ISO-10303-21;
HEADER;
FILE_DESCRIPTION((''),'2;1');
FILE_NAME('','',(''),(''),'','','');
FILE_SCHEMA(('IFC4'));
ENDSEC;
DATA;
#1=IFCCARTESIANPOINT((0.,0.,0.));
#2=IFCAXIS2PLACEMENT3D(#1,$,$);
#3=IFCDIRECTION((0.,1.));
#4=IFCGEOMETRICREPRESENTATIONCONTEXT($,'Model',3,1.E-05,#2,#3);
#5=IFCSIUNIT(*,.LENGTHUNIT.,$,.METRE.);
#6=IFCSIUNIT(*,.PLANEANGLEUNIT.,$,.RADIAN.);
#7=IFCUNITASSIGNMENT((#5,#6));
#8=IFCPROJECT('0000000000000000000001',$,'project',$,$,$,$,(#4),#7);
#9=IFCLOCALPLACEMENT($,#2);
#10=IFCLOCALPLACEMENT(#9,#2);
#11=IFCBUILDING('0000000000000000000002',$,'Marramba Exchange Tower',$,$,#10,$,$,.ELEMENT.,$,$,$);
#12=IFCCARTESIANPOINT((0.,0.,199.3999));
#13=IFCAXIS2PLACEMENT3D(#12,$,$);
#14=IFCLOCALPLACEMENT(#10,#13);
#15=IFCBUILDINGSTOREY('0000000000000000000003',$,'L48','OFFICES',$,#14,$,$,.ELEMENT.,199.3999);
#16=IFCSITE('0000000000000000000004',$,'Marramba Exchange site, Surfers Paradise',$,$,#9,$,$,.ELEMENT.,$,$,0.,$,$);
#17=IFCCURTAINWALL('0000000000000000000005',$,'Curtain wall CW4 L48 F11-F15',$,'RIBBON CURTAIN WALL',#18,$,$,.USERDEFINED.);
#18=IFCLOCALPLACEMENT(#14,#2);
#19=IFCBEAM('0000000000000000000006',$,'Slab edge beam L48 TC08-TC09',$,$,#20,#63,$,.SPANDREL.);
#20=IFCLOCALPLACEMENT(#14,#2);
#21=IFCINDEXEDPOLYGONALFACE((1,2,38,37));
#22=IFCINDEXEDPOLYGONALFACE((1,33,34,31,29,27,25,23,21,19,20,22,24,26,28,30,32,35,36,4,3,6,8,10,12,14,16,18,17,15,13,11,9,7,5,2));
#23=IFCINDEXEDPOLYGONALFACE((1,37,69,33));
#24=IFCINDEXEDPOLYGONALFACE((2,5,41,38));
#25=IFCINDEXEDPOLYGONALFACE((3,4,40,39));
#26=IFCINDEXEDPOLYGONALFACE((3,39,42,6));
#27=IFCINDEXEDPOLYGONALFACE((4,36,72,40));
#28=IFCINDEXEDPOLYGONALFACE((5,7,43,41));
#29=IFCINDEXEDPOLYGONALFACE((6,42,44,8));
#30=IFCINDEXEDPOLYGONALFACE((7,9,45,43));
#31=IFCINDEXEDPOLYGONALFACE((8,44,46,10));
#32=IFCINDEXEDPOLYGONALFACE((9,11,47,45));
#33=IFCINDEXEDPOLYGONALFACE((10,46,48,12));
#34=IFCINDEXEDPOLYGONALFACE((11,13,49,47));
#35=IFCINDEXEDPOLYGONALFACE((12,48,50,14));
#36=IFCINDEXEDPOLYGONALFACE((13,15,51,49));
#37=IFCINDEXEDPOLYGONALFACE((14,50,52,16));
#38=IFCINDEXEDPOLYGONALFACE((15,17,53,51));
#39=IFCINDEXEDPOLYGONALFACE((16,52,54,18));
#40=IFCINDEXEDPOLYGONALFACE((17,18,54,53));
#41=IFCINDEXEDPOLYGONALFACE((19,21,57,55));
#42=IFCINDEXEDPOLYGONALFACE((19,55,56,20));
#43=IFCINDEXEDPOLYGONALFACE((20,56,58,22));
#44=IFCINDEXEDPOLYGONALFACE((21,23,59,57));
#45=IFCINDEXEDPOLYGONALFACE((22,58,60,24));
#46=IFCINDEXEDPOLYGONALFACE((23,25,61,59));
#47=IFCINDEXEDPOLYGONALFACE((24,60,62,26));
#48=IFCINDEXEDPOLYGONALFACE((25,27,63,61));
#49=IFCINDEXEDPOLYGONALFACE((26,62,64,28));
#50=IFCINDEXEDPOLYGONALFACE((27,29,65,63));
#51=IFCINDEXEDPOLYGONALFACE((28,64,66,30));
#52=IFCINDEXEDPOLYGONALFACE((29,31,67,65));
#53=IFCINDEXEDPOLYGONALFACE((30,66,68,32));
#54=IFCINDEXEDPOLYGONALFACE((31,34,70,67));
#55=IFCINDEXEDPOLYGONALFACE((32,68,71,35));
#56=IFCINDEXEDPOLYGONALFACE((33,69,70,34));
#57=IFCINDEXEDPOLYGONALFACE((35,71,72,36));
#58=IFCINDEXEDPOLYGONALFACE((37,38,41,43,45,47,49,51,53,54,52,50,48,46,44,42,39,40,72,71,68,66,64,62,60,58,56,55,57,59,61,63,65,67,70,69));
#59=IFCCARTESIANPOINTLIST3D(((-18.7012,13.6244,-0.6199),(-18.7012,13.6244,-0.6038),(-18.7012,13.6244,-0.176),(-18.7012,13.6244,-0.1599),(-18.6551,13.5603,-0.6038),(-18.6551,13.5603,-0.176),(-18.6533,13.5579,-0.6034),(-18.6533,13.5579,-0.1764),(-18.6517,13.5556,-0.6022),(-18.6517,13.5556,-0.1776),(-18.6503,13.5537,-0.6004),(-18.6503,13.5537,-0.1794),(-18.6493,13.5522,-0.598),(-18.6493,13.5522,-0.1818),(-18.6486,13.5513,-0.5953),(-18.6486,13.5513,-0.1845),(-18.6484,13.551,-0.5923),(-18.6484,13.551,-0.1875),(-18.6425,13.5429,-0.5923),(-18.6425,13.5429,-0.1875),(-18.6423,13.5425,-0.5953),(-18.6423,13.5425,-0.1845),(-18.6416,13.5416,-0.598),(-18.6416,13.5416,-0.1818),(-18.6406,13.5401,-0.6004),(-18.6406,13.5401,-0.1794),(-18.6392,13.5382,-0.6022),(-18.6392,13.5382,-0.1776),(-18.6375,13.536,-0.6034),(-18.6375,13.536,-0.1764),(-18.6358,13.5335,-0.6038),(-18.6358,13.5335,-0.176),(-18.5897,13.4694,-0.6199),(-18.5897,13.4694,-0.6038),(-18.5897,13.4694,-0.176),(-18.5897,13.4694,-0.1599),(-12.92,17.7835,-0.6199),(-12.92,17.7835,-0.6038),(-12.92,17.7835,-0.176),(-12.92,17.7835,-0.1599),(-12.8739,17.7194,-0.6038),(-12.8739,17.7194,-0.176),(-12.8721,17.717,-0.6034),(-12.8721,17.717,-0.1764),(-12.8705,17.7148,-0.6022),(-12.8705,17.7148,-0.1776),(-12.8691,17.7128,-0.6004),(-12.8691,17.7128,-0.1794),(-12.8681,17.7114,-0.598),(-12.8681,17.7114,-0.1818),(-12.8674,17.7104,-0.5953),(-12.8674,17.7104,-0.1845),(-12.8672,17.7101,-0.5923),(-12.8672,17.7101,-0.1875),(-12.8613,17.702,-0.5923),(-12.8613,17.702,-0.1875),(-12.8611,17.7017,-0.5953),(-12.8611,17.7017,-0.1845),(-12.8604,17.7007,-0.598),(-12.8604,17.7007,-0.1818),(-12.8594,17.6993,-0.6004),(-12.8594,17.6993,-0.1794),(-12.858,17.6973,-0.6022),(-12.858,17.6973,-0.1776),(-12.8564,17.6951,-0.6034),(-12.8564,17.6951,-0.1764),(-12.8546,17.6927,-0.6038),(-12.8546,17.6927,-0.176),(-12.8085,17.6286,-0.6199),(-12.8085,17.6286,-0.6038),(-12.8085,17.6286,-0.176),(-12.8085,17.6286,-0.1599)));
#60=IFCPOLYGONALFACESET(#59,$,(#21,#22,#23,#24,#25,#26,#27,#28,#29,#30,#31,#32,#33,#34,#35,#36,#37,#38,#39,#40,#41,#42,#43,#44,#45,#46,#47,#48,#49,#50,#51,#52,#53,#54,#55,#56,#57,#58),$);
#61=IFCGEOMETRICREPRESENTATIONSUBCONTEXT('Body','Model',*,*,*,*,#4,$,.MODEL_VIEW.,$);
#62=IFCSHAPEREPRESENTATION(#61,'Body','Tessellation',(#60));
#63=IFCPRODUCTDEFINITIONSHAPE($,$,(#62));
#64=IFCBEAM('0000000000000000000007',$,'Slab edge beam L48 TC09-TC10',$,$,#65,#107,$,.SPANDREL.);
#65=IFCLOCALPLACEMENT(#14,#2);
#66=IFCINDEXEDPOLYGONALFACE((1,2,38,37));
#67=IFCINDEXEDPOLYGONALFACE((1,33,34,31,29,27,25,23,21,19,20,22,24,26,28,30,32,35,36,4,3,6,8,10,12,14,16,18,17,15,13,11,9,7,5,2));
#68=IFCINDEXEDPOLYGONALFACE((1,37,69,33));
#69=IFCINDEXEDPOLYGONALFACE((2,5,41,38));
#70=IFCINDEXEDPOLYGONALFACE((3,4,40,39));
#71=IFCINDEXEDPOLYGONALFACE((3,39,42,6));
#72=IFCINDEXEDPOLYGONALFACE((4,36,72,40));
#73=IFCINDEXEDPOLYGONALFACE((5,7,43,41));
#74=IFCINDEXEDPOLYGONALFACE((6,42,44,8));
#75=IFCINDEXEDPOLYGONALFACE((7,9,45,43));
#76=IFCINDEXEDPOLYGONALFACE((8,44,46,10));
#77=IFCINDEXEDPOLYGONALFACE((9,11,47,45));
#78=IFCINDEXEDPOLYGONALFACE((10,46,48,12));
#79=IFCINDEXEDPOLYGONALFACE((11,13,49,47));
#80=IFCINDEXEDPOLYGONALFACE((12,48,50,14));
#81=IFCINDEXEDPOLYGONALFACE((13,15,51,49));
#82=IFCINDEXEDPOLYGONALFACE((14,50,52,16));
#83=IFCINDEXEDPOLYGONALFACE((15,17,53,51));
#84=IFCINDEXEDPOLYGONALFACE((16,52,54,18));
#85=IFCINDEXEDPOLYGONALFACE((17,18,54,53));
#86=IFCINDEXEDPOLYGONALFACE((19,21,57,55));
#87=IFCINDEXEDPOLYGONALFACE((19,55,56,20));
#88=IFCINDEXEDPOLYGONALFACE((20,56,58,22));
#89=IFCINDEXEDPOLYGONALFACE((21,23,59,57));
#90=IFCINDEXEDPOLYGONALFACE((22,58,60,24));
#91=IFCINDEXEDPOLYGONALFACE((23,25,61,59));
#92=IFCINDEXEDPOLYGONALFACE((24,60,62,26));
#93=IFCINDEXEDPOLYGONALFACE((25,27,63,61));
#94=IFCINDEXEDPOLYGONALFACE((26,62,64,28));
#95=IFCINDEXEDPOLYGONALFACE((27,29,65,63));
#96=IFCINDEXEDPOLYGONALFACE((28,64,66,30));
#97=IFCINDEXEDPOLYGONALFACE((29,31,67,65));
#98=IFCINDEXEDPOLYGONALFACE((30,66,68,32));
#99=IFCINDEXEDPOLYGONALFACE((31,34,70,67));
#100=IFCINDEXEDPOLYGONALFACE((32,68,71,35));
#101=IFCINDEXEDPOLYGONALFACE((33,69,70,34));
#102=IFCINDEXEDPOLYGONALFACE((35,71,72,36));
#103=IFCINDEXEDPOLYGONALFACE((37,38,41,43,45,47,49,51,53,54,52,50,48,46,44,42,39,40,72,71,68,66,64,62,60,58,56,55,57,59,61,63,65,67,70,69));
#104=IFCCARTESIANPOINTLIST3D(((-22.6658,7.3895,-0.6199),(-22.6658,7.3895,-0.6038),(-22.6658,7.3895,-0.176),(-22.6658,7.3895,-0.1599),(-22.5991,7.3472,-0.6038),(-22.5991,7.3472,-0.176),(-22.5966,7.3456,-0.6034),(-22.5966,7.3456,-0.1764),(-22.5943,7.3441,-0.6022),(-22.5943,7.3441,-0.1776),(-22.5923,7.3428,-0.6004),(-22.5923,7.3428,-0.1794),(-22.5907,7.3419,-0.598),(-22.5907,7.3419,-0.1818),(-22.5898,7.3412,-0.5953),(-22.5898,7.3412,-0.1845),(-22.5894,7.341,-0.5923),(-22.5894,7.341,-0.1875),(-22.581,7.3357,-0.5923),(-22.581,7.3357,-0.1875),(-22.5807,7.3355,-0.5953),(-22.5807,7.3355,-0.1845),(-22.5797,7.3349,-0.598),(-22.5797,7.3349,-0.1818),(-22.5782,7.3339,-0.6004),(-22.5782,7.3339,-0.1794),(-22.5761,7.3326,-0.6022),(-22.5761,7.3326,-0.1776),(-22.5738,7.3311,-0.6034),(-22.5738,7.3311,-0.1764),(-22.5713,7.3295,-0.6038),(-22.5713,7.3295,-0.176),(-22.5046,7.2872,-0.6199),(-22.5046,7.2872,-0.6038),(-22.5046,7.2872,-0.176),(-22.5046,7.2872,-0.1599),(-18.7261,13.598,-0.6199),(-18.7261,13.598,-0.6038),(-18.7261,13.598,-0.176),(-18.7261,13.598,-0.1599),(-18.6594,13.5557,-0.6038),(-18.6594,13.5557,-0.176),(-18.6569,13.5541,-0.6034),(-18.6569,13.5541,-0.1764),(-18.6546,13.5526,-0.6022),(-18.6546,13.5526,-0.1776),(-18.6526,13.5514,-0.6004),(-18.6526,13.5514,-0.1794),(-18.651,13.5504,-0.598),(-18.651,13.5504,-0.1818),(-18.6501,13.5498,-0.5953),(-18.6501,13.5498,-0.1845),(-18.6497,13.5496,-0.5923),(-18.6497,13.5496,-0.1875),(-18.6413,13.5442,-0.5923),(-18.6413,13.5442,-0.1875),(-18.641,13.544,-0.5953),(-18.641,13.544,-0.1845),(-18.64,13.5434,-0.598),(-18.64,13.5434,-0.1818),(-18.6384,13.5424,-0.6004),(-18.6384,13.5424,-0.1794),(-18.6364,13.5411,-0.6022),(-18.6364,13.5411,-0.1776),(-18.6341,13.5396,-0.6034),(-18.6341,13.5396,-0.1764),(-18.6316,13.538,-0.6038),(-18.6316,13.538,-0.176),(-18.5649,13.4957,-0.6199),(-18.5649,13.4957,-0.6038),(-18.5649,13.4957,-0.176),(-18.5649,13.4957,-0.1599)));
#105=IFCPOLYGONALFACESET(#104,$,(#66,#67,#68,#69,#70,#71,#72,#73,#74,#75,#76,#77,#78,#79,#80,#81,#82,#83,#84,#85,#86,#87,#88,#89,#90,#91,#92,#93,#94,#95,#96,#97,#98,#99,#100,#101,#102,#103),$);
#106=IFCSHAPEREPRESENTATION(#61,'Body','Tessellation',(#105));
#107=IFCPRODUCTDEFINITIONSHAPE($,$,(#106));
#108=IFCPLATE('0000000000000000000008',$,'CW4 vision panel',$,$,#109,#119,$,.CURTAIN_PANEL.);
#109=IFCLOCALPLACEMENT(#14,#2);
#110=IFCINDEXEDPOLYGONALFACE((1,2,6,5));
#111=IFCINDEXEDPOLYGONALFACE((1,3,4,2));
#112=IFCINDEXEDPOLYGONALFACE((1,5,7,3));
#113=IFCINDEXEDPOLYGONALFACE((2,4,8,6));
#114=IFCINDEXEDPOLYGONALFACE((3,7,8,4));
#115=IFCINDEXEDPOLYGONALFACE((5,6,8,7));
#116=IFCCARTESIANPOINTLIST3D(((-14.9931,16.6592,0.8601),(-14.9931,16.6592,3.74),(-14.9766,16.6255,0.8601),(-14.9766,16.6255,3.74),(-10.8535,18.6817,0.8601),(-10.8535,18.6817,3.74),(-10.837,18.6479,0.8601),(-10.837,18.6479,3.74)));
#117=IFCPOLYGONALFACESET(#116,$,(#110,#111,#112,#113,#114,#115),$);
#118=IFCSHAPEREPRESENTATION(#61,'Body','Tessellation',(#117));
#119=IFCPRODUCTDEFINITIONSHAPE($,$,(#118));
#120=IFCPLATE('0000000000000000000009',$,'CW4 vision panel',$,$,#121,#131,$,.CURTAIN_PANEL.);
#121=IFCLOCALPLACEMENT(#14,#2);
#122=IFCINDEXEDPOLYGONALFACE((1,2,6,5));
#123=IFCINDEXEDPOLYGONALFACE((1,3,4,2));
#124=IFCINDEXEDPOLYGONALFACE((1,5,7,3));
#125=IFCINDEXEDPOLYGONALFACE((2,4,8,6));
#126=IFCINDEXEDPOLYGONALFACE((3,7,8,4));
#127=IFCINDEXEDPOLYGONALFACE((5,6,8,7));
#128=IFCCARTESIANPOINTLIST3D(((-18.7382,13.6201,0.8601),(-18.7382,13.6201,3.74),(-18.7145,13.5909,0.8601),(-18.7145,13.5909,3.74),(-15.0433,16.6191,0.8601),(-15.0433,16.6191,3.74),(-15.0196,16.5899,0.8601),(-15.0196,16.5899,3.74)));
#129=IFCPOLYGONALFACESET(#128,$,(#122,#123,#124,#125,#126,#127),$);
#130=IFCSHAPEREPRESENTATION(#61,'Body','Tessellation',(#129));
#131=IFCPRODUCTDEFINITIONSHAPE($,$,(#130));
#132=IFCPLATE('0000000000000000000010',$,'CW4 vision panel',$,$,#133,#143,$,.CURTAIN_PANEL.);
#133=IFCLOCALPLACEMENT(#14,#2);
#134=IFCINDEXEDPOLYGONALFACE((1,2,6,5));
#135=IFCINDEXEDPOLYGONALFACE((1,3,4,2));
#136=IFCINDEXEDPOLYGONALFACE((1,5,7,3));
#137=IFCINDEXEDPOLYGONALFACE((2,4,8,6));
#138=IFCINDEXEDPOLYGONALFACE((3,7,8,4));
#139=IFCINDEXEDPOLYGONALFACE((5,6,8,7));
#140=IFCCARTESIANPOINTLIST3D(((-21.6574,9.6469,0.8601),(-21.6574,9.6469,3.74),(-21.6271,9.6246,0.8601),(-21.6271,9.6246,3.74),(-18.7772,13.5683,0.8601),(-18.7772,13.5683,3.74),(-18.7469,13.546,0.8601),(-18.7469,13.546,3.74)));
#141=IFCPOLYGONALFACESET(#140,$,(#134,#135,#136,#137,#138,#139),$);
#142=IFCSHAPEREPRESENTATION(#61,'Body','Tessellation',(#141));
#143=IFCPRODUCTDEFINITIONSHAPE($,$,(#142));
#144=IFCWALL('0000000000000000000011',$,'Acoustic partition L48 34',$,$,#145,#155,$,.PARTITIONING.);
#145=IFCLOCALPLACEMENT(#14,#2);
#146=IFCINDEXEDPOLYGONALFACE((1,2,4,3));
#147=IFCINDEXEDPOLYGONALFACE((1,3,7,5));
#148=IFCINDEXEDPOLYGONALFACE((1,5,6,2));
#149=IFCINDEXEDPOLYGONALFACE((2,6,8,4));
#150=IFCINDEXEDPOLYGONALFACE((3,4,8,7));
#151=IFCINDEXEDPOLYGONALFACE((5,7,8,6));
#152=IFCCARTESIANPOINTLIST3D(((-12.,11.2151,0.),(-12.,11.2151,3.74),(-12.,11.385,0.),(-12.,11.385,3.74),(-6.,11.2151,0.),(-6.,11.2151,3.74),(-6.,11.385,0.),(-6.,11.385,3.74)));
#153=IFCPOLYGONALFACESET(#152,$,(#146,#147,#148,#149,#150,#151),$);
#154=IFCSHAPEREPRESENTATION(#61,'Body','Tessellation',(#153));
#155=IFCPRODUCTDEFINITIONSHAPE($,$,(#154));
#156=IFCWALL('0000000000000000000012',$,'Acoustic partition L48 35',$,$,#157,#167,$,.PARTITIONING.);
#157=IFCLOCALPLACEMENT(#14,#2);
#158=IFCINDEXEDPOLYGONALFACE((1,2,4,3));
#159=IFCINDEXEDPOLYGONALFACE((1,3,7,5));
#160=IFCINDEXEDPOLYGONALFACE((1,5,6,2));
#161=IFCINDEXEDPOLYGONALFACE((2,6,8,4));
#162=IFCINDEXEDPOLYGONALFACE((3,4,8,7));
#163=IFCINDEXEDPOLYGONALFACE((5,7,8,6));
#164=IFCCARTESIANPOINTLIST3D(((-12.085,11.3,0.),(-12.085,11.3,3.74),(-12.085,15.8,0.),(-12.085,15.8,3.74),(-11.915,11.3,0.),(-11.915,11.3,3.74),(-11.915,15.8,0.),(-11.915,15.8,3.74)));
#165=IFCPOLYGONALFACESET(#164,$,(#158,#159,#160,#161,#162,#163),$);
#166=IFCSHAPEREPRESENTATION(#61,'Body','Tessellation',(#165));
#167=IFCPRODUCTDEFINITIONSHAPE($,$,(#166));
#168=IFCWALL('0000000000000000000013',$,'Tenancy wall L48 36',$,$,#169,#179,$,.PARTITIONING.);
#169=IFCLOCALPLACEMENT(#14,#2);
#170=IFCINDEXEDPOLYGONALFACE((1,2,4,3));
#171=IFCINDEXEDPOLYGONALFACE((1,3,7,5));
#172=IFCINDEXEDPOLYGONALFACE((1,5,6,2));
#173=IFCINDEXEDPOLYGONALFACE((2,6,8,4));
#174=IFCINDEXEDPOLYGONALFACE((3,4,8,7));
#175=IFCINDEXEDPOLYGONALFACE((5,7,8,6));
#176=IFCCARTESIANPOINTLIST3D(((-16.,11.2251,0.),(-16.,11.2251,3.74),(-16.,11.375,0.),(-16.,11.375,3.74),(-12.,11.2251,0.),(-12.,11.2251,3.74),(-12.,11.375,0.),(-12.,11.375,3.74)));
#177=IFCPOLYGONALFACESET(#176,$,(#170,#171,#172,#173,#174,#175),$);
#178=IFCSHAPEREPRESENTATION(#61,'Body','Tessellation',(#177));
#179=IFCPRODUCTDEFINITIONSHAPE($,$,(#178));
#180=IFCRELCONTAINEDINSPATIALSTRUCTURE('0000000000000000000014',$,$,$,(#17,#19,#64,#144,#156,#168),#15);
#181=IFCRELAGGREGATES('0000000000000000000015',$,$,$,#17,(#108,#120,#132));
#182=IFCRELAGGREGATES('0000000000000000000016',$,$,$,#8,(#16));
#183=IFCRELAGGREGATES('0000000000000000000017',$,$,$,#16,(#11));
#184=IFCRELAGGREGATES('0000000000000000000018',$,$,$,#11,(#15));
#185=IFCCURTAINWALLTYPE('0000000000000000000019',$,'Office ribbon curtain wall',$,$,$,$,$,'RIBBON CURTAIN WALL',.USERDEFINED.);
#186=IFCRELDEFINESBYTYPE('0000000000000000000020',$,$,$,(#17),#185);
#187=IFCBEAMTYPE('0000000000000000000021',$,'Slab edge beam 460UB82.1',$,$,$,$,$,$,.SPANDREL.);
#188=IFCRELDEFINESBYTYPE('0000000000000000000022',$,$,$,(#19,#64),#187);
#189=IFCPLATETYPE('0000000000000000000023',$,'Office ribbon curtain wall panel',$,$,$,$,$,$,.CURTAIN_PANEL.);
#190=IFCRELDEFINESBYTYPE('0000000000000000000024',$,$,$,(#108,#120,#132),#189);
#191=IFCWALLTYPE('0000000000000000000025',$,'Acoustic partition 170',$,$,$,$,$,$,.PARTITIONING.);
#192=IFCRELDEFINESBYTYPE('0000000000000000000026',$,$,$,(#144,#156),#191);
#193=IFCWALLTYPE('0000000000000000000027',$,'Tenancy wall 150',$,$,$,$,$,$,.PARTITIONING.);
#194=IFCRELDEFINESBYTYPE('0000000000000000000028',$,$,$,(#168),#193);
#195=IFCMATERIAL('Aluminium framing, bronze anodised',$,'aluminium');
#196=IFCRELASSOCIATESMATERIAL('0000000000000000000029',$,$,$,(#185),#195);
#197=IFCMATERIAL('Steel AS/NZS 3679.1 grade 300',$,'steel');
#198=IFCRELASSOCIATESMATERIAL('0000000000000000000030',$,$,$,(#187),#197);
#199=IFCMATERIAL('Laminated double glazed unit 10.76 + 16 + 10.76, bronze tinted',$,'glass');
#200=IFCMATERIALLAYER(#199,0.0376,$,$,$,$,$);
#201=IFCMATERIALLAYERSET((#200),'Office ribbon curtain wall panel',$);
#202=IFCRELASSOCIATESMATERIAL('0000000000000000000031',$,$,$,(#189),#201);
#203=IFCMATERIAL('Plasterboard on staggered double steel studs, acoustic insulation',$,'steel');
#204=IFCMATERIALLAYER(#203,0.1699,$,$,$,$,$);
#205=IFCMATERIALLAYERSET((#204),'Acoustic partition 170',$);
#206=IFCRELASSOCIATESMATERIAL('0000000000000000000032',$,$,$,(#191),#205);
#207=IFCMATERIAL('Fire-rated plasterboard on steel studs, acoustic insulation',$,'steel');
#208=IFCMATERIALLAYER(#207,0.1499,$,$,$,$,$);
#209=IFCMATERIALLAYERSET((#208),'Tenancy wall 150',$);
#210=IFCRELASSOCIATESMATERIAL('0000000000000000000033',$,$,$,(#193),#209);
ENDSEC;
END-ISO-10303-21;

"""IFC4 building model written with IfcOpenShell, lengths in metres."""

from ifc_helpers import new_model, si_unit, direction, frame, frame_2d, origin, origin_2d, place, context, subcontext, project, spatial, rectangle, i_section, extrude, material, layer, layer_set, material_profile, profile_set, type_object, element, aggregate, save


model = new_model("IFC4")

# Units and contexts
model_context = context("Model", 3, precision=1e-05, world=origin(), true_north=direction((0.0, 1.0)))
body_context = subcontext(model_context, "Body", "Model", "MODEL_VIEW")
ifc_project = project(units=[si_unit("LENGTHUNIT", "METRE"), si_unit("PLANEANGLEUNIT", "RADIAN")], contexts=[model_context])

# Site, building, storey
site_placement = place(None, origin())
site = spatial("IfcSite", under=ifc_project, at=site_placement, Name="Marramba Exchange site, Surfers Paradise", CompositionType="ELEMENT", RefElevation=0.0)
building_placement = place(site_placement, origin())
building = spatial("IfcBuilding", under=site, at=building_placement, Name="Marramba Exchange Tower", CompositionType="ELEMENT")
storey_placement = place(building_placement, frame((0.0, 0.0, 199.3999)))
storey = spatial("IfcBuildingStorey", under=building, at=storey_placement, Name="L48", Description="OFFICES", CompositionType="ELEMENT", Elevation=199.3999)

# Shared definitions
ifc_material_1 = material(Name="Steel AS/NZS 3679.1 grade 300", Category="steel")

# Curtain wall
ifc_material_2 = material(Name="Aluminium framing, bronze anodised", Category="aluminium")
curtain_wall_type = type_object("IfcCurtainWallType", Name="Office ribbon curtain wall", ElementType="RIBBON CURTAIN WALL", PredefinedType="USERDEFINED", material=ifc_material_2)
curtain_wall_placement = place(storey_placement, origin())
curtain_wall = element("IfcCurtainWall", 1, at=curtain_wall_placement, inside=storey, type_object=curtain_wall_type, Name="Curtain wall CW4 L48 F11-F15", ObjectType="RIBBON CURTAIN WALL", PredefinedType="USERDEFINED")

# Beams
ifc_material_profile_1 = material_profile(ifc_material_1, i_section(OverallWidth=0.1909, OverallDepth=0.46, WebThickness=0.01, FlangeThickness=0.0161, FilletRadius=0.0115, at=origin_2d()), Name="460UB82.1")
ifc_profile_set_1 = profile_set([ifc_material_profile_1], Name="Steel AS/NZS 3679.1 grade 300")
beam_type_1 = type_object("IfcBeamType", Name="Slab edge beam 460UB82.1", PredefinedType="SPANDREL", material=ifc_profile_set_1)
beam_1_placement = place(storey_placement, frame((-12.8643, 17.7061, -0.3899), z_axis=(-0.811755, -0.583998, 0.0), x_axis=(0.583998, -0.811755, 0.0)))
element("IfcBeam", 2, at=beam_1_placement, inside=storey, type_object=beam_type_1, Name="Slab edge beam L48 TC08-TC09", PredefinedType="SPANDREL", context=body_context, shape_type="SweptSolid", body=[
    extrude(i_section(OverallWidth=0.1909, OverallDepth=0.46, WebThickness=0.01, FlangeThickness=0.0161, FilletRadius=0.0115, at=origin_2d()), origin(), (0.0, 0.0, 1.0), 7.1218),
])
beam_2_placement = place(storey_placement, frame((-18.6455, 13.5469, -0.3899), z_axis=(-0.535794, -0.844348, 0.0), x_axis=(0.844348, -0.535794, 0.0)))
element("IfcBeam", 3, at=beam_2_placement, inside=storey, type_object=beam_type_1, Name="Slab edge beam L48 TC09-TC10", PredefinedType="SPANDREL", context=body_context, shape_type="SweptSolid", body=[
    extrude(i_section(OverallWidth=0.1909, OverallDepth=0.46, WebThickness=0.01, FlangeThickness=0.0161, FilletRadius=0.0115, at=origin_2d()), origin(), (0.0, 0.0, 1.0), 7.353),
])

# Plates
ifc_material_3 = material(Name="Laminated double glazed unit 10.76 + 16 + 10.76, bronze tinted", Category="glass")
ifc_layer_1 = layer(ifc_material_3, 0.0376)
ifc_layer_set_1 = layer_set([ifc_layer_1], Name="Office ribbon curtain wall panel")
plate_type = type_object("IfcPlateType", Name="Office ribbon curtain wall panel", PredefinedType="CURTAIN_PANEL", material=ifc_layer_set_1)
plate_1_placement = place(storey_placement, frame((-12.915, 17.6536, 0.8601), z_axis=(0.0, 0.0, 1.0), x_axis=(-0.898501, -0.438972, 0.0)))
plate_1 = element("IfcPlate", 4, at=plate_1_placement, type_object=plate_type, Name="CW4 vision panel", PredefinedType="CURTAIN_PANEL", context=body_context, shape_type="SweptSolid", body=[
    extrude(rectangle(XDim=4.6072, YDim=0.0376, at=origin_2d()), origin(), (0.0, 0.0, 1.0), 2.8799),
])
plate_2_placement = place(storey_placement, frame((-16.8789, 15.105, 0.8601), z_axis=(0.0, 0.0, 1.0), x_axis=(-0.776432, -0.630201, 0.0)))
plate_2 = element("IfcPlate", 5, at=plate_2_placement, type_object=plate_type, Name="CW4 vision panel", PredefinedType="CURTAIN_PANEL", context=body_context, shape_type="SweptSolid", body=[
    extrude(rectangle(XDim=4.7588, YDim=0.0376, at=origin_2d()), origin(), (0.0, 0.0, 1.0), 2.8799),
])
plate_3_placement = place(storey_placement, frame((-20.2021, 11.5964, 0.8601), z_axis=(0.0, 0.0, 1.0), x_axis=(-0.591963, -0.805965, 0.0)))
plate_3 = element("IfcPlate", 6, at=plate_3_placement, type_object=plate_type, Name="CW4 vision panel", PredefinedType="CURTAIN_PANEL", context=body_context, shape_type="SweptSolid", body=[
    extrude(rectangle(XDim=4.8655, YDim=0.0376, at=origin_2d()), origin(), (0.0, 0.0, 1.0), 2.8799),
])
aggregate(curtain_wall, [plate_1, plate_2, plate_3])

# Walls
ifc_material_4 = material(Name="Plasterboard on staggered double steel studs, acoustic insulation", Category="steel")
ifc_layer_2 = layer(ifc_material_4, 0.1699)
ifc_layer_set_2 = layer_set([ifc_layer_2], Name="Acoustic partition 170")
wall_type_1 = type_object("IfcWallType", Name="Acoustic partition 170", PredefinedType="PARTITIONING", material=ifc_layer_set_2)
wall_1_placement = place(storey_placement, frame((-12.0, 11.3, 0.0), z_axis=(0.0, 0.0, 1.0), x_axis=(1.0, 0.0, 0.0)))
element("IfcWall", 7, at=wall_1_placement, inside=storey, type_object=wall_type_1, Name="Acoustic partition L48 34", PredefinedType="PARTITIONING", context=body_context, shape_type="SweptSolid", body=[
    extrude(rectangle(XDim=6.0, YDim=0.1699, at=frame_2d((3.0, 0.0))), origin(), (0.0, 0.0, 1.0), 3.74),
])
wall_2_placement = place(storey_placement, frame((-12.0, 15.8, 0.0), z_axis=(0.0, 0.0, 1.0), x_axis=(0.0, -1.0, 0.0)))
element("IfcWall", 8, at=wall_2_placement, inside=storey, type_object=wall_type_1, Name="Acoustic partition L48 35", PredefinedType="PARTITIONING", context=body_context, shape_type="SweptSolid", body=[
    extrude(rectangle(XDim=4.5, YDim=0.1699, at=frame_2d((2.25, 0.0))), origin(), (0.0, 0.0, 1.0), 3.74),
])
ifc_material_5 = material(Name="Fire-rated plasterboard on steel studs, acoustic insulation", Category="steel")
ifc_layer_3 = layer(ifc_material_5, 0.1499)
ifc_layer_set_3 = layer_set([ifc_layer_3], Name="Tenancy wall 150")
wall_type_2 = type_object("IfcWallType", Name="Tenancy wall 150", PredefinedType="PARTITIONING", material=ifc_layer_set_3)
wall_3_placement = place(storey_placement, frame((-12.0, 11.3, 0.0), z_axis=(0.0, 0.0, 1.0), x_axis=(-1.0, 0.0, 0.0)))
element("IfcWall", 9, at=wall_3_placement, inside=storey, type_object=wall_type_2, Name="Tenancy wall L48 36", PredefinedType="PARTITIONING", context=body_context, shape_type="SweptSolid", body=[
    extrude(rectangle(XDim=4.0, YDim=0.1499, at=frame_2d((2.0, 0.0))), origin(), (0.0, 0.0, 1.0), 3.74),
])

save(model, "model.ifc")
